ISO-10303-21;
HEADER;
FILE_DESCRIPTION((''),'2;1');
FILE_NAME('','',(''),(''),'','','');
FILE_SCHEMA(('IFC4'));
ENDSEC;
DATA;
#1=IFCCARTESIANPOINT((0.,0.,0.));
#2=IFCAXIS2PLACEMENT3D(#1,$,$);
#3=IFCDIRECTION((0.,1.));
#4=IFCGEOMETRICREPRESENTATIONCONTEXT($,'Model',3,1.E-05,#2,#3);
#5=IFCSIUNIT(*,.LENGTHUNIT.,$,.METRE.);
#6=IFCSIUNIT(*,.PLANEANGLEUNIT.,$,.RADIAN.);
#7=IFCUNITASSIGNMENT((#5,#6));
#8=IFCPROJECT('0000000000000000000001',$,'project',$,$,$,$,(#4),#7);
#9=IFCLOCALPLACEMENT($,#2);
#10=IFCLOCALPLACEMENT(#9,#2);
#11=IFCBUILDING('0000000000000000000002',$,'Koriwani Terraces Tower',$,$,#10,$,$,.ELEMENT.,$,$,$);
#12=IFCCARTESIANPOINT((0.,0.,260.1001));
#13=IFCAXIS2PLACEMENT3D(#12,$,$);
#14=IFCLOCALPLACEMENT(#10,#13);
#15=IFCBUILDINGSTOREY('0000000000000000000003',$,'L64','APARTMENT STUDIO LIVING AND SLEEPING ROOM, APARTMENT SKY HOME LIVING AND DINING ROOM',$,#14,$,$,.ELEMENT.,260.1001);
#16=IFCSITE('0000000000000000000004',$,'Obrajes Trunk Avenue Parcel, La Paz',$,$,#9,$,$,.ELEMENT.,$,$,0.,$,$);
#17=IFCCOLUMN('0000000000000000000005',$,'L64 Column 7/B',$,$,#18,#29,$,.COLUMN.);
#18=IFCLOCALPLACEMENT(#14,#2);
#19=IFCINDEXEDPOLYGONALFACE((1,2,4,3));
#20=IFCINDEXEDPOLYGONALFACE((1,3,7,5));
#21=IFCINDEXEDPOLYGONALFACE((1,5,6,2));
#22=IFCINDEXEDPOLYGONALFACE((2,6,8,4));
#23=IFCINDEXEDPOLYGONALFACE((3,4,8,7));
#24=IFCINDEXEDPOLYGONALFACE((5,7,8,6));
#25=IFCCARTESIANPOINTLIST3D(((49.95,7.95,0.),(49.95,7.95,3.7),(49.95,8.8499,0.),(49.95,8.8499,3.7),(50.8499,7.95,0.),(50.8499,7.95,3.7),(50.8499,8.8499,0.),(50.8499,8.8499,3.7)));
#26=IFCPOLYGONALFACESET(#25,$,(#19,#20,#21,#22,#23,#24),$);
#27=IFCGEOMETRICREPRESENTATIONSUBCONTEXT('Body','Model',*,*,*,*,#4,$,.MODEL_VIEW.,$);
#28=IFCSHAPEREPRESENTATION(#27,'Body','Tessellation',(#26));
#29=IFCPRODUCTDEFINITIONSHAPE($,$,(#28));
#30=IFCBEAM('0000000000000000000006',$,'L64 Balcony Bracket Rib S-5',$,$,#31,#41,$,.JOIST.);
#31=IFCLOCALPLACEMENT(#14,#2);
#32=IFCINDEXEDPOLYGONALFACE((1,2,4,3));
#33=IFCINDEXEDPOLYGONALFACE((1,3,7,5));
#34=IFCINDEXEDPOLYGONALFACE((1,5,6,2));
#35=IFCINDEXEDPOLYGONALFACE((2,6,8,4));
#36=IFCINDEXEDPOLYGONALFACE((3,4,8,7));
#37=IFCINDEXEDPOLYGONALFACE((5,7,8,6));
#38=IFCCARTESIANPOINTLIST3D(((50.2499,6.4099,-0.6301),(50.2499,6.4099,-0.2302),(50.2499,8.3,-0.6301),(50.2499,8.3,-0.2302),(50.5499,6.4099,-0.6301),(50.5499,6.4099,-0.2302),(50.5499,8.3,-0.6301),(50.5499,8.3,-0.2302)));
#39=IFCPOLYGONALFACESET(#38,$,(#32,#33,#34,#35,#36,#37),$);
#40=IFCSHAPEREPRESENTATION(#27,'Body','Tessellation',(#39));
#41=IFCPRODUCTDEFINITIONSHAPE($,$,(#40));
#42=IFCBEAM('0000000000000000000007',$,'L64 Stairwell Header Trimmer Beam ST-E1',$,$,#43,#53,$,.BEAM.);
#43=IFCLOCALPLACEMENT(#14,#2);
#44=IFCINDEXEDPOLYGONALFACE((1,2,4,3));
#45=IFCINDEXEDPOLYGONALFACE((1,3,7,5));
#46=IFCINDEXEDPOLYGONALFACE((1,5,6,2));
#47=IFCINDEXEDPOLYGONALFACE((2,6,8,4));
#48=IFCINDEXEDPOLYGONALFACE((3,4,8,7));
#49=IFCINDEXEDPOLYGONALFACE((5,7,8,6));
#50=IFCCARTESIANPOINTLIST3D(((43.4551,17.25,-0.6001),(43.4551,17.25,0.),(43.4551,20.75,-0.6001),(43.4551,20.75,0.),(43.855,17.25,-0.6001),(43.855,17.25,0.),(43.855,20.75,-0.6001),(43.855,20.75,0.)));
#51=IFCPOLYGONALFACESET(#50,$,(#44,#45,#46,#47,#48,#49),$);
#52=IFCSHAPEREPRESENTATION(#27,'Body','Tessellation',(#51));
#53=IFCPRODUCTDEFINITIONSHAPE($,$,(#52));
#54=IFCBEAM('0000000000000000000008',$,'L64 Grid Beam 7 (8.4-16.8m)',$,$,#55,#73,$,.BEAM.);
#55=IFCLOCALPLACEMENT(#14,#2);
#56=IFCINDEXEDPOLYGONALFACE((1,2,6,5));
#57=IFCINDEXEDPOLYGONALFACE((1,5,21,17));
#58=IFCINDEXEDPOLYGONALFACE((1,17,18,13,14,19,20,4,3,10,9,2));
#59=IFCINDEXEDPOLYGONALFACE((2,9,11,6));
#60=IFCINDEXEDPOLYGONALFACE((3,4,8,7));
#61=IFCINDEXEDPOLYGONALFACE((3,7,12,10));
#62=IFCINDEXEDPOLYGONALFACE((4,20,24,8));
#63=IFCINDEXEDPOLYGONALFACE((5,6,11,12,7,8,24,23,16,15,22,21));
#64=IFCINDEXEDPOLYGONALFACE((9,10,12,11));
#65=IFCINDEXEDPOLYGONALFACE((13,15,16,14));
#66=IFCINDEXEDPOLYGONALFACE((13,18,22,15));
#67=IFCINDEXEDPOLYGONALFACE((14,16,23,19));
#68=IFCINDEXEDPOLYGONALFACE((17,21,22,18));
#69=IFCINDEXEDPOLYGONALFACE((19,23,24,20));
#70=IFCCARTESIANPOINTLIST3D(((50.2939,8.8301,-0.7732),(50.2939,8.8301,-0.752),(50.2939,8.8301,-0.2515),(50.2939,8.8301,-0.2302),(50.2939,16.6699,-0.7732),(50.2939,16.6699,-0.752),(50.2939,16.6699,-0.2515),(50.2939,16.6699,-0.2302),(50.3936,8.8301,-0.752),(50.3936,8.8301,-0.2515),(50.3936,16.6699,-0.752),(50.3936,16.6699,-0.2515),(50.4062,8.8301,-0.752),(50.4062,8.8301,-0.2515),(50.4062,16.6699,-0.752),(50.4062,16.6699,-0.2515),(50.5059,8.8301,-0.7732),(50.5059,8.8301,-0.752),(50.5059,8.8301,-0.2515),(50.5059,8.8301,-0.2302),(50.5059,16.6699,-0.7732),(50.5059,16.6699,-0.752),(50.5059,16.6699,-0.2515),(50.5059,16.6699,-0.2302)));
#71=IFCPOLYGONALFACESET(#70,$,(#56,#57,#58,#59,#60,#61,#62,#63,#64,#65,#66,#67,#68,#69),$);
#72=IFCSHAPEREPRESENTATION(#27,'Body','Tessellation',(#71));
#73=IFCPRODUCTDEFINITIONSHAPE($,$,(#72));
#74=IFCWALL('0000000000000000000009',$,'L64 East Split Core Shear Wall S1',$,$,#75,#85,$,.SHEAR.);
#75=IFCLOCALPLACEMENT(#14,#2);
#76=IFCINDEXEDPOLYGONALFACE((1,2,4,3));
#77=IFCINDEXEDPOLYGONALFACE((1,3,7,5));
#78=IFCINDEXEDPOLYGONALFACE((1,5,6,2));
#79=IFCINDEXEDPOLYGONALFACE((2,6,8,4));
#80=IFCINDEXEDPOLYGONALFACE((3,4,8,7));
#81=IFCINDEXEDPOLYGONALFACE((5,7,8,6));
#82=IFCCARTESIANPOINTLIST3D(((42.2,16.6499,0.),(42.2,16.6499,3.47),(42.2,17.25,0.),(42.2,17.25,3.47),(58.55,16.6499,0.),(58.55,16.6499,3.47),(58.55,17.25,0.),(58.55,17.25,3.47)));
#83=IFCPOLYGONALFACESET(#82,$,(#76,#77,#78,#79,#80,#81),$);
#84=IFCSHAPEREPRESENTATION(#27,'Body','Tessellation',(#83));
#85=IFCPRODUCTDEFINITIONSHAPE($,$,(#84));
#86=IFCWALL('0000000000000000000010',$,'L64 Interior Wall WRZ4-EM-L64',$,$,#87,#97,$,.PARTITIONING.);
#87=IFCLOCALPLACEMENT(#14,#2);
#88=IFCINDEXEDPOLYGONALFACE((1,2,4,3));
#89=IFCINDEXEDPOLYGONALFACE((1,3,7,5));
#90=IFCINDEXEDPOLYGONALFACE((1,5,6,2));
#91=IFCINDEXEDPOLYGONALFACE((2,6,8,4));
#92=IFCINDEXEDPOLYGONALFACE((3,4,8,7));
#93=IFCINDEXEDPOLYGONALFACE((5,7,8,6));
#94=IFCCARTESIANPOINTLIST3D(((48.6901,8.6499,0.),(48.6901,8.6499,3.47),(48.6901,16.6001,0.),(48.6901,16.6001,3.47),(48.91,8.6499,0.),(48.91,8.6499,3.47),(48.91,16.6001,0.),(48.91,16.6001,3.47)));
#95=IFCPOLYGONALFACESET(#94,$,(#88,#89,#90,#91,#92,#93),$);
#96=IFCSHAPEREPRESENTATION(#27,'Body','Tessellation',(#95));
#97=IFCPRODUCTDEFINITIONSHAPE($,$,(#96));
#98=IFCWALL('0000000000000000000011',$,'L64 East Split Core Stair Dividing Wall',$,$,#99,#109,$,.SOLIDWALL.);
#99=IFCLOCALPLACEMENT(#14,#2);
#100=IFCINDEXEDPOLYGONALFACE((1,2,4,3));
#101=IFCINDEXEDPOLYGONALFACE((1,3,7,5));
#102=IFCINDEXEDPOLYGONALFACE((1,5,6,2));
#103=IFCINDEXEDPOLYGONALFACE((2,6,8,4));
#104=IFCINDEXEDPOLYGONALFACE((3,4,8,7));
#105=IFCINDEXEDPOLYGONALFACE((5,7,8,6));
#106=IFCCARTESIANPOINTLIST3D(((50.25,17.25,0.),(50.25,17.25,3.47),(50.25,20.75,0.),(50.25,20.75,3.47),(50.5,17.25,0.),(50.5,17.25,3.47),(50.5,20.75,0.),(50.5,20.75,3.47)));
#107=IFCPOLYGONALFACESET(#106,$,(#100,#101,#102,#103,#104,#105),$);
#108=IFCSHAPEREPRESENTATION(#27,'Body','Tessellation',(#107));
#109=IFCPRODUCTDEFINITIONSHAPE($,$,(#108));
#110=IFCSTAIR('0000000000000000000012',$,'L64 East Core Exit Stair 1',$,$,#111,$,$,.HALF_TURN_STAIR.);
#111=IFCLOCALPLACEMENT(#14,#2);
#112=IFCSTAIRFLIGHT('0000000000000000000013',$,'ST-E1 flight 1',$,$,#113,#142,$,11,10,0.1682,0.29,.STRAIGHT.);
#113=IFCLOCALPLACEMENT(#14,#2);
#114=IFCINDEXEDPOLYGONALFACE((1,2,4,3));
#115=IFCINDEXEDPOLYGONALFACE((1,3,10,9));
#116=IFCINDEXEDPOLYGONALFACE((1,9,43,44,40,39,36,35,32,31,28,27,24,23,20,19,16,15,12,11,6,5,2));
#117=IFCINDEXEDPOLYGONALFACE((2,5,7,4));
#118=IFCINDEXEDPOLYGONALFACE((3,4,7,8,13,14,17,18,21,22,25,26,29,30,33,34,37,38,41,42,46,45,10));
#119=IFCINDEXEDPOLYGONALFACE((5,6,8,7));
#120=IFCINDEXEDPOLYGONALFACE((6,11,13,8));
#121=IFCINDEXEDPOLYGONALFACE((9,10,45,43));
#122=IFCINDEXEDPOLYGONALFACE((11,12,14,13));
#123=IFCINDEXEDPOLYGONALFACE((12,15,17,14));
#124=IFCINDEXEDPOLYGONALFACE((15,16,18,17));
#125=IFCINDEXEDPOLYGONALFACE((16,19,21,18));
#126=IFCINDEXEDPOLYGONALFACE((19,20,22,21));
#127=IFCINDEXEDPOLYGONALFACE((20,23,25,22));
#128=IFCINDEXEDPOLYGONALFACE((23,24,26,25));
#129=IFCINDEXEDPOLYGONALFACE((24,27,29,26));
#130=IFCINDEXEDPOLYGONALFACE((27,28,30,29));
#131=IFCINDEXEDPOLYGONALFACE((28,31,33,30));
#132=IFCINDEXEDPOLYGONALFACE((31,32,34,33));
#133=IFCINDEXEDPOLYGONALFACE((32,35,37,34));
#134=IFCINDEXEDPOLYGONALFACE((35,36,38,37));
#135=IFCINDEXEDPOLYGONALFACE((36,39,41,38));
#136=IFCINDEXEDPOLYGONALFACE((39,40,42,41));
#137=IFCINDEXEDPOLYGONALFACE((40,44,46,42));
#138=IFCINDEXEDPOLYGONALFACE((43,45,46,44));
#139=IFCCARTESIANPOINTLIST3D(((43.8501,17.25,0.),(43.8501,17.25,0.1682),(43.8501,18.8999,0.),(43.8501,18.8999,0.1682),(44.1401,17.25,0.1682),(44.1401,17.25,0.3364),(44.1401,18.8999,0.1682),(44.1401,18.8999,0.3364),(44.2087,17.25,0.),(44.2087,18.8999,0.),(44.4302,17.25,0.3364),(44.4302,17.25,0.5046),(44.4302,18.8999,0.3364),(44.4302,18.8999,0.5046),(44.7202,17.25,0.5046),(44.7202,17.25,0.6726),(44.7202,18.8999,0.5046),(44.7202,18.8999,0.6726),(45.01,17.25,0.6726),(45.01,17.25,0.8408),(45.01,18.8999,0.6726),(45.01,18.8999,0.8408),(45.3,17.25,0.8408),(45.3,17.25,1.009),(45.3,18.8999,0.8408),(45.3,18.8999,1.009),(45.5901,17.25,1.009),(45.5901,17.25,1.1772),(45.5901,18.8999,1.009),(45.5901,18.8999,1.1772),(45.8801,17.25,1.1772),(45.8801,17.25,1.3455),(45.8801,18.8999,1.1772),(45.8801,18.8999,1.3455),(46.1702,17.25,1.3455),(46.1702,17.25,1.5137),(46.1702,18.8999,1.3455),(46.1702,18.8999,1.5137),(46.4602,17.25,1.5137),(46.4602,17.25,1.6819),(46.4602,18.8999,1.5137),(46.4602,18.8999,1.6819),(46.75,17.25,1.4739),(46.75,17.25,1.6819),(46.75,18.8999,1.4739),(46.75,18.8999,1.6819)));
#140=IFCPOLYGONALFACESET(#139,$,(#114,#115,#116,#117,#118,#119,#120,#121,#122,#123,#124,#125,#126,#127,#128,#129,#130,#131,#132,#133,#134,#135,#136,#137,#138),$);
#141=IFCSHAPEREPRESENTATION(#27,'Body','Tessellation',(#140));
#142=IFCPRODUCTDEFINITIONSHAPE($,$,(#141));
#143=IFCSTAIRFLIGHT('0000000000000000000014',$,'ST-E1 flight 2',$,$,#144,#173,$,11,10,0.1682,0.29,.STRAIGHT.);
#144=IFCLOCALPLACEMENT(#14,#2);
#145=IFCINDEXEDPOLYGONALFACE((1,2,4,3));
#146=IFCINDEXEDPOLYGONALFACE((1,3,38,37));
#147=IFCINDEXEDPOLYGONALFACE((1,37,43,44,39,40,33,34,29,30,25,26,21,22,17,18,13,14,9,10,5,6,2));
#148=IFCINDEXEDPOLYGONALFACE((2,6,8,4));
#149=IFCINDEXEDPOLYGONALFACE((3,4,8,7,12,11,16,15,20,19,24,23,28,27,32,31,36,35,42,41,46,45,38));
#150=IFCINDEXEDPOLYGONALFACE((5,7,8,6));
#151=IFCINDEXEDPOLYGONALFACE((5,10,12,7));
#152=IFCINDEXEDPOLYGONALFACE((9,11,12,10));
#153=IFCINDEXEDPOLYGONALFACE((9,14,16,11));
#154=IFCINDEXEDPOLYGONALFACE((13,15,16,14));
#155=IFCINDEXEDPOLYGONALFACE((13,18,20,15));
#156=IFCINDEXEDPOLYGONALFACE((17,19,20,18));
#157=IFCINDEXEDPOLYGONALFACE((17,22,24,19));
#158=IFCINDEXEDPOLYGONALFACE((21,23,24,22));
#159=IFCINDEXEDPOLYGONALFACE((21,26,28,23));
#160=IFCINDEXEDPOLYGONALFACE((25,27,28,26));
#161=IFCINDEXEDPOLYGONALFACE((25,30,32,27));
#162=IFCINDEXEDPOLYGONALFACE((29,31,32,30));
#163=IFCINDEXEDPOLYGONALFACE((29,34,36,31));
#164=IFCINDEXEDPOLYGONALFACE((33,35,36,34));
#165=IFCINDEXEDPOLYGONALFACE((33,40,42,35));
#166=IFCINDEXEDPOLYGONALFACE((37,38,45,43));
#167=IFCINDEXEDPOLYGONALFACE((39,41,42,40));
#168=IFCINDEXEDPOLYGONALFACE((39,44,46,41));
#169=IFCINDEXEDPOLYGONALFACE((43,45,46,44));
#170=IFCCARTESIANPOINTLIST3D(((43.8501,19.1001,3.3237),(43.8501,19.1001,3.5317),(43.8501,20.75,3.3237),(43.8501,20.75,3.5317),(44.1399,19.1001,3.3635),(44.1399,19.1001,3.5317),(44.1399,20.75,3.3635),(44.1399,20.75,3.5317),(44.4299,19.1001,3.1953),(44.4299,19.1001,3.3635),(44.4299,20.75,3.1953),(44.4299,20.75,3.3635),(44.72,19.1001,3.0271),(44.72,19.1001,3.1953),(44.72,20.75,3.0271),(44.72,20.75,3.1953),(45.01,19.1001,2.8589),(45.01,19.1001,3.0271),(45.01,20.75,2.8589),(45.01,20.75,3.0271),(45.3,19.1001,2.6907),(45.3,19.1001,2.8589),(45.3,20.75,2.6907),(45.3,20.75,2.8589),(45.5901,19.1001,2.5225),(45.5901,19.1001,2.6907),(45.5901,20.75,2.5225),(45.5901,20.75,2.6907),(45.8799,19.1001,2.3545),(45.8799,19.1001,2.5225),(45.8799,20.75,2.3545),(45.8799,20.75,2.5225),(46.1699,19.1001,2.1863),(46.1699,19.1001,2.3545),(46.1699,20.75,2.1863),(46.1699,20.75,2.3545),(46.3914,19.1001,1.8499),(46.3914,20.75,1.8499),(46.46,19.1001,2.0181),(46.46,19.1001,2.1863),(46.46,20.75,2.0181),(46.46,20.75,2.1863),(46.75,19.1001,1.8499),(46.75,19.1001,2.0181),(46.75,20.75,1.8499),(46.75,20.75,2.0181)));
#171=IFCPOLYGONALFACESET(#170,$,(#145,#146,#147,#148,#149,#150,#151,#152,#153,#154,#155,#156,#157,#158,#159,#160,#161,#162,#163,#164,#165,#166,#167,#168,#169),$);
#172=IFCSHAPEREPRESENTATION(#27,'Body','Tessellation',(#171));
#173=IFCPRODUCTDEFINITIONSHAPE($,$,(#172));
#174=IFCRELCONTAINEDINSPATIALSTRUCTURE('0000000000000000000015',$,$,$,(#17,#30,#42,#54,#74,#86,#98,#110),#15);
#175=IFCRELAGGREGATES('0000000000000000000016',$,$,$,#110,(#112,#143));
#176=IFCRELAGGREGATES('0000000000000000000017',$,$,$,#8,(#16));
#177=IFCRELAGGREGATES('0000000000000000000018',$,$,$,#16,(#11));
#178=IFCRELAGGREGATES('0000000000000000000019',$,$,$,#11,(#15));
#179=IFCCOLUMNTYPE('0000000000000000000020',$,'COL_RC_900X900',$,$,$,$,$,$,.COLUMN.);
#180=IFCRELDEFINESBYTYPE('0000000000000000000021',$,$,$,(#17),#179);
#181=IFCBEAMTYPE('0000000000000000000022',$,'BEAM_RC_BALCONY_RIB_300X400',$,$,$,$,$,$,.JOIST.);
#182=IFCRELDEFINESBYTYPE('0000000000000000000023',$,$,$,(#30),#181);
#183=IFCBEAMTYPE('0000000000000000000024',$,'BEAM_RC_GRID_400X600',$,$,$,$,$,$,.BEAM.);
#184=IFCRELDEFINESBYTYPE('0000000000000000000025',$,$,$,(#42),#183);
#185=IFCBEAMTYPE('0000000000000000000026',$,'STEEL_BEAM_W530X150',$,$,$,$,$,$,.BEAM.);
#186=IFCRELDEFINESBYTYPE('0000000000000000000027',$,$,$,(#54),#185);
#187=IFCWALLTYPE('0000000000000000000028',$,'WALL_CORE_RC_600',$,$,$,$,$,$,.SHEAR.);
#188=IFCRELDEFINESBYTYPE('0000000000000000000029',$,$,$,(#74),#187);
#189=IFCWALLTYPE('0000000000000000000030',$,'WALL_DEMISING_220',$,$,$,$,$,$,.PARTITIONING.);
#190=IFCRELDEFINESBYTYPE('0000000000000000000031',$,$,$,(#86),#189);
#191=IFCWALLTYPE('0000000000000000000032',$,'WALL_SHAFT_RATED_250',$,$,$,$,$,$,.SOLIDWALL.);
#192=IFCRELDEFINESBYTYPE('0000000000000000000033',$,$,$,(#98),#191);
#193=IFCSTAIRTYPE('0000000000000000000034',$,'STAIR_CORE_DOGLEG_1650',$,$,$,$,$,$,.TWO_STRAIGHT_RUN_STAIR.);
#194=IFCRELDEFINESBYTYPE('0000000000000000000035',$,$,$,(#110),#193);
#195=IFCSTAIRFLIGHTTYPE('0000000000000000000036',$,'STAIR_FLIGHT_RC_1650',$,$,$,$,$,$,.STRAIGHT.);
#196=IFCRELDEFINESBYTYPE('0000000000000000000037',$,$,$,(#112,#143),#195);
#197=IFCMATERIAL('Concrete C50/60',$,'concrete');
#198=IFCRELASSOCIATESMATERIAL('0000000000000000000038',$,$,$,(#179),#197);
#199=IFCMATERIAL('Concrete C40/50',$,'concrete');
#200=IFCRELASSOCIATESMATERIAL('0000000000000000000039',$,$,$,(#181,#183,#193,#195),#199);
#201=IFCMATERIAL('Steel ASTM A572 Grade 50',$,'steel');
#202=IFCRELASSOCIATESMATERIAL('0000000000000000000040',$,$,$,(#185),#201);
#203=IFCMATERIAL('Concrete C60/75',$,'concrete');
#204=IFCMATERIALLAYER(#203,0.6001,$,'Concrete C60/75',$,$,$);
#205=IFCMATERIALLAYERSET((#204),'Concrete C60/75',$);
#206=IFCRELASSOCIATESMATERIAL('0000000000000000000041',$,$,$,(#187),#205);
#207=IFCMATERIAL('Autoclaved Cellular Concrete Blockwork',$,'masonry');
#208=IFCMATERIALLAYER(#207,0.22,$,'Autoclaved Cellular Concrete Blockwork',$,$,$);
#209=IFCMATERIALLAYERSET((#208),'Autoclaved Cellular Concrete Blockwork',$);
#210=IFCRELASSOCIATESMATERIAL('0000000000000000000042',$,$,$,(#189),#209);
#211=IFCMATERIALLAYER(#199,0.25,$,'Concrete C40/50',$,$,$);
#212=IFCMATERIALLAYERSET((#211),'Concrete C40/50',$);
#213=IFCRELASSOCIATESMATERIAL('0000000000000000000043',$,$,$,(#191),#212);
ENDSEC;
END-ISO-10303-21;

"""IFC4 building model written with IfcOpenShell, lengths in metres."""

from ifc_helpers import new_model, si_unit, direction, frame, frame_2d, origin, origin_2d, place, context, subcontext, project, spatial, polyline, rectangle, i_section, outline, extrude, material, layer, layer_set, material_profile, profile_set, type_object, element, aggregate, save


model = new_model("IFC4")

# Units and contexts
model_context = context("Model", 3, precision=1e-05, world=origin(), true_north=direction((0.0, 1.0)))
body_context = subcontext(model_context, "Body", "Model", "MODEL_VIEW")
ifc_project = project(units=[si_unit("LENGTHUNIT", "METRE"), si_unit("PLANEANGLEUNIT", "RADIAN")], contexts=[model_context])

# Site, building, storey
site_placement = place(None, origin())
site = spatial("IfcSite", under=ifc_project, at=site_placement, Name="Obrajes Trunk Avenue Parcel, La Paz", CompositionType="ELEMENT", RefElevation=0.0)
building_placement = place(site_placement, origin())
building = spatial("IfcBuilding", under=site, at=building_placement, Name="Koriwani Terraces Tower", CompositionType="ELEMENT")
storey_placement = place(building_placement, frame((0.0, 0.0, 260.1001)))
storey = spatial("IfcBuildingStorey", under=building, at=storey_placement, Name="L64", Description="APARTMENT STUDIO LIVING AND SLEEPING ROOM, APARTMENT SKY HOME LIVING AND DINING ROOM", CompositionType="ELEMENT", Elevation=260.1001)

# Column
ifc_material_1 = material(Name="Concrete C50/60", Category="concrete")
ifc_material_profile_1 = material_profile(ifc_material_1, rectangle(XDim=0.8999, YDim=0.8999, at=origin_2d()), Name="Concrete C50/60", Category="LoadBearing")
ifc_profile_set_1 = profile_set([ifc_material_profile_1], Name="Concrete C50/60")
column_type = type_object("IfcColumnType", Name="COL_RC_900X900", PredefinedType="COLUMN", material=ifc_profile_set_1)
column_placement = place(storey_placement, frame((50.3999, 8.3999, 0.0), z_axis=(0.0, 0.0, 1.0), x_axis=(1.0, 0.0, 0.0)))
element("IfcColumn", 1, at=column_placement, inside=storey, type_object=column_type, Name="L64 Column 7/B", PredefinedType="COLUMN", context=body_context, shape_type="SweptSolid", body=[
    extrude(rectangle(XDim=0.8999, YDim=0.8999, at=origin_2d()), origin(), (0.0, 0.0, 1.0), 3.7),
])

# Beams
ifc_material_2 = material(Name="Concrete C40/50", Category="concrete")
ifc_material_profile_2 = material_profile(ifc_material_2, rectangle(XDim=0.3, YDim=0.3999, at=origin_2d()), Name="Concrete C40/50", Category="LoadBearing")
ifc_profile_set_2 = profile_set([ifc_material_profile_2], Name="Concrete C40/50")
beam_type_1 = type_object("IfcBeamType", Name="BEAM_RC_BALCONY_RIB_300X400", PredefinedType="JOIST", material=ifc_profile_set_2)
beam_1_placement = place(storey_placement, frame((50.3999, 6.4099, -0.4302), z_axis=(0.0, 1.0, 0.0), x_axis=(-1.0, 0.0, 0.0)))
element("IfcBeam", 2, at=beam_1_placement, inside=storey, type_object=beam_type_1, Name="L64 Balcony Bracket Rib S-5", PredefinedType="JOIST", context=body_context, shape_type="SweptSolid", body=[
    extrude(rectangle(XDim=0.3, YDim=0.3999, at=origin_2d()), origin(), (0.0, 0.0, 1.0), 1.8901),
])
ifc_material_profile_3 = material_profile(ifc_material_2, rectangle(XDim=0.3999, YDim=0.6001, at=origin_2d()), Name="Concrete C40/50", Category="LoadBearing")
ifc_profile_set_3 = profile_set([ifc_material_profile_3], Name="Concrete C40/50")
beam_type_2 = type_object("IfcBeamType", Name="BEAM_RC_GRID_400X600", PredefinedType="BEAM", material=ifc_profile_set_3)
beam_2_placement = place(storey_placement, frame((43.655, 17.25, -0.3), z_axis=(0.0, 1.0, 0.0), x_axis=(-1.0, 0.0, 0.0)))
element("IfcBeam", 3, at=beam_2_placement, inside=storey, type_object=beam_type_2, Name="L64 Stairwell Header Trimmer Beam ST-E1", PredefinedType="BEAM", context=body_context, shape_type="SweptSolid", body=[
    extrude(rectangle(XDim=0.3999, YDim=0.6001, at=origin_2d()), origin(), (0.0, 0.0, 1.0), 3.5),
])
ifc_material_3 = material(Name="Steel ASTM A572 Grade 50", Category="steel")
ifc_material_profile_4 = material_profile(ifc_material_3, i_section(OverallWidth=0.2119, OverallDepth=0.543, WebThickness=0.0127, FlangeThickness=0.0212, at=origin_2d()), Name="Steel ASTM A572 Grade 50", Category="LoadBearing")
ifc_profile_set_4 = profile_set([ifc_material_profile_4], Name="Steel ASTM A572 Grade 50")
beam_type_3 = type_object("IfcBeamType", Name="STEEL_BEAM_W530X150", PredefinedType="BEAM", material=ifc_profile_set_4)
beam_3_placement = place(storey_placement, frame((50.3999, 8.8301, -0.5017), z_axis=(0.0, 1.0, 0.0), x_axis=(-1.0, 0.0, 0.0)))
element("IfcBeam", 4, at=beam_3_placement, inside=storey, type_object=beam_type_3, Name="L64 Grid Beam 7 (8.4-16.8m)", PredefinedType="BEAM", context=body_context, shape_type="SweptSolid", body=[
    extrude(i_section(OverallWidth=0.2119, OverallDepth=0.543, WebThickness=0.0127, FlangeThickness=0.0212, at=origin_2d()), origin(), (0.0, 0.0, 1.0), 7.8398),
])

# Walls
ifc_material_4 = material(Name="Concrete C60/75", Category="concrete")
ifc_layer_1 = layer(ifc_material_4, 0.6001, Name="Concrete C60/75")
ifc_layer_set_1 = layer_set([ifc_layer_1], Name="Concrete C60/75")
wall_type_1 = type_object("IfcWallType", Name="WALL_CORE_RC_600", PredefinedType="SHEAR", material=ifc_layer_set_1)
wall_1_placement = place(storey_placement, frame((42.2, 16.95, 0.0), z_axis=(0.0, 0.0, 1.0), x_axis=(1.0, 0.0, 0.0)))
element("IfcWall", 5, at=wall_1_placement, inside=storey, type_object=wall_type_1, Name="L64 East Split Core Shear Wall S1", PredefinedType="SHEAR", context=body_context, shape_type="SweptSolid", body=[
    extrude(rectangle(XDim=16.3501, YDim=0.6001, at=frame_2d((8.175, 0.0))), origin(), (0.0, 0.0, 1.0), 3.47),
])
ifc_material_5 = material(Name="Autoclaved Cellular Concrete Blockwork", Category="masonry")
ifc_layer_2 = layer(ifc_material_5, 0.22, Name="Autoclaved Cellular Concrete Blockwork")
ifc_layer_set_2 = layer_set([ifc_layer_2], Name="Autoclaved Cellular Concrete Blockwork")
wall_type_2 = type_object("IfcWallType", Name="WALL_DEMISING_220", PredefinedType="PARTITIONING", material=ifc_layer_set_2)
wall_2_placement = place(storey_placement, frame((48.8, 8.6499, 0.0), z_axis=(0.0, 0.0, 1.0), x_axis=(0.0, 1.0, 0.0)))
element("IfcWall", 6, at=wall_2_placement, inside=storey, type_object=wall_type_2, Name="L64 Interior Wall WRZ4-EM-L64", PredefinedType="PARTITIONING", context=body_context, shape_type="SweptSolid", body=[
    extrude(rectangle(XDim=7.9502, YDim=0.22, at=frame_2d((3.9751, 0.0))), origin(), (0.0, 0.0, 1.0), 3.47),
])
ifc_layer_3 = layer(ifc_material_2, 0.25, Name="Concrete C40/50")
ifc_layer_set_3 = layer_set([ifc_layer_3], Name="Concrete C40/50")
wall_type_3 = type_object("IfcWallType", Name="WALL_SHAFT_RATED_250", PredefinedType="SOLIDWALL", material=ifc_layer_set_3)
wall_3_placement = place(storey_placement, frame((50.375, 17.25, 0.0), z_axis=(0.0, 0.0, 1.0), x_axis=(0.0, 1.0, 0.0)))
element("IfcWall", 7, at=wall_3_placement, inside=storey, type_object=wall_type_3, Name="L64 East Split Core Stair Dividing Wall", PredefinedType="SOLIDWALL", context=body_context, shape_type="SweptSolid", body=[
    extrude(rectangle(XDim=3.5, YDim=0.25, at=frame_2d((1.75, 0.0))), origin(), (0.0, 0.0, 1.0), 3.47),
])

# Stair, stair flights
stair_type = type_object("IfcStairType", Name="STAIR_CORE_DOGLEG_1650", PredefinedType="TWO_STRAIGHT_RUN_STAIR", material=ifc_material_2)
stair_1_placement = place(storey_placement, origin())
stair_1 = element("IfcStair", 8, at=stair_1_placement, inside=storey, type_object=stair_type, Name="L64 East Core Exit Stair 1", PredefinedType="HALF_TURN_STAIR")
stair_flight_type = type_object("IfcStairFlightType", Name="STAIR_FLIGHT_RC_1650", PredefinedType="STRAIGHT", material=ifc_material_2)
stair_flight_1_placement = place(storey_placement, frame((43.8501, 18.075, 0.0), z_axis=(0.0, 0.0, 1.0), x_axis=(1.0, 0.0, 0.0)))
stair_flight_1 = element("IfcStairFlight", 9, at=stair_flight_1_placement, type_object=stair_flight_type, Name="ST-E1 flight 1", NumberOfRisers=11, NumberOfTreads=10, PredefinedType="STRAIGHT", RiserHeight=0.1682, TreadLength=0.29, context=body_context, shape_type="SweptSolid", body=[
    extrude(outline(polyline([(0.0, 0.0), (0.0, 0.1682), (0.29, 0.1682), (0.29, 0.3364), (0.5801, 0.3364), (0.5801, 0.5046), (0.8701, 0.5046), (0.8701, 0.6726), (1.1599, 0.6726), (1.1599, 0.8408), (1.45, 0.8408), (1.45, 1.009), (1.74, 1.009), (1.74, 1.1772), (2.03, 1.1772), (2.03, 1.3455), (2.3201, 1.3455), (2.3201, 1.5137), (2.6101, 1.5137), (2.6101, 1.6819), (2.8999, 1.6819), (2.8999, 1.8501), (2.8999, 1.4739), (0.3586, 0.0), (0.0, 0.0)])), frame((0.0, 0.825, 0.0), z_axis=(0.0, -1.0, 0.0), x_axis=(1.0, 0.0, 0.0)), (0.0, 0.0, 1.0), 1.6499),
])
stair_flight_2_placement = place(storey_placement, frame((46.75, 19.925, 1.8499), z_axis=(0.0, 0.0, 1.0), x_axis=(-1.0, 0.0, 0.0)))
stair_flight_2 = element("IfcStairFlight", 10, at=stair_flight_2_placement, type_object=stair_flight_type, Name="ST-E1 flight 2", NumberOfRisers=11, NumberOfTreads=10, PredefinedType="STRAIGHT", RiserHeight=0.1682, TreadLength=0.29, context=body_context, shape_type="SweptSolid", body=[
    extrude(outline(polyline([(0.0, 0.0), (0.0, 0.1682), (0.29, 0.1682), (0.29, 0.3364), (0.5801, 0.3364), (0.5801, 0.5046), (0.8701, 0.5046), (0.8701, 0.6726), (1.1599, 0.6726), (1.1599, 0.8408), (1.45, 0.8408), (1.45, 1.009), (1.74, 1.009), (1.74, 1.1772), (2.03, 1.1772), (2.03, 1.3455), (2.3201, 1.3455), (2.3201, 1.5137), (2.6101, 1.5137), (2.6101, 1.6819), (2.8999, 1.6819), (2.8999, 1.8501), (2.8999, 1.4739), (0.3586, 0.0), (0.0, 0.0)])), frame((0.0, 0.825, 0.0), z_axis=(0.0, -1.0, 0.0), x_axis=(1.0, 0.0, 0.0)), (0.0, 0.0, 1.0), 1.6499),
])
aggregate(stair_1, [stair_flight_1, stair_flight_2])

save(model, "model.ifc")
